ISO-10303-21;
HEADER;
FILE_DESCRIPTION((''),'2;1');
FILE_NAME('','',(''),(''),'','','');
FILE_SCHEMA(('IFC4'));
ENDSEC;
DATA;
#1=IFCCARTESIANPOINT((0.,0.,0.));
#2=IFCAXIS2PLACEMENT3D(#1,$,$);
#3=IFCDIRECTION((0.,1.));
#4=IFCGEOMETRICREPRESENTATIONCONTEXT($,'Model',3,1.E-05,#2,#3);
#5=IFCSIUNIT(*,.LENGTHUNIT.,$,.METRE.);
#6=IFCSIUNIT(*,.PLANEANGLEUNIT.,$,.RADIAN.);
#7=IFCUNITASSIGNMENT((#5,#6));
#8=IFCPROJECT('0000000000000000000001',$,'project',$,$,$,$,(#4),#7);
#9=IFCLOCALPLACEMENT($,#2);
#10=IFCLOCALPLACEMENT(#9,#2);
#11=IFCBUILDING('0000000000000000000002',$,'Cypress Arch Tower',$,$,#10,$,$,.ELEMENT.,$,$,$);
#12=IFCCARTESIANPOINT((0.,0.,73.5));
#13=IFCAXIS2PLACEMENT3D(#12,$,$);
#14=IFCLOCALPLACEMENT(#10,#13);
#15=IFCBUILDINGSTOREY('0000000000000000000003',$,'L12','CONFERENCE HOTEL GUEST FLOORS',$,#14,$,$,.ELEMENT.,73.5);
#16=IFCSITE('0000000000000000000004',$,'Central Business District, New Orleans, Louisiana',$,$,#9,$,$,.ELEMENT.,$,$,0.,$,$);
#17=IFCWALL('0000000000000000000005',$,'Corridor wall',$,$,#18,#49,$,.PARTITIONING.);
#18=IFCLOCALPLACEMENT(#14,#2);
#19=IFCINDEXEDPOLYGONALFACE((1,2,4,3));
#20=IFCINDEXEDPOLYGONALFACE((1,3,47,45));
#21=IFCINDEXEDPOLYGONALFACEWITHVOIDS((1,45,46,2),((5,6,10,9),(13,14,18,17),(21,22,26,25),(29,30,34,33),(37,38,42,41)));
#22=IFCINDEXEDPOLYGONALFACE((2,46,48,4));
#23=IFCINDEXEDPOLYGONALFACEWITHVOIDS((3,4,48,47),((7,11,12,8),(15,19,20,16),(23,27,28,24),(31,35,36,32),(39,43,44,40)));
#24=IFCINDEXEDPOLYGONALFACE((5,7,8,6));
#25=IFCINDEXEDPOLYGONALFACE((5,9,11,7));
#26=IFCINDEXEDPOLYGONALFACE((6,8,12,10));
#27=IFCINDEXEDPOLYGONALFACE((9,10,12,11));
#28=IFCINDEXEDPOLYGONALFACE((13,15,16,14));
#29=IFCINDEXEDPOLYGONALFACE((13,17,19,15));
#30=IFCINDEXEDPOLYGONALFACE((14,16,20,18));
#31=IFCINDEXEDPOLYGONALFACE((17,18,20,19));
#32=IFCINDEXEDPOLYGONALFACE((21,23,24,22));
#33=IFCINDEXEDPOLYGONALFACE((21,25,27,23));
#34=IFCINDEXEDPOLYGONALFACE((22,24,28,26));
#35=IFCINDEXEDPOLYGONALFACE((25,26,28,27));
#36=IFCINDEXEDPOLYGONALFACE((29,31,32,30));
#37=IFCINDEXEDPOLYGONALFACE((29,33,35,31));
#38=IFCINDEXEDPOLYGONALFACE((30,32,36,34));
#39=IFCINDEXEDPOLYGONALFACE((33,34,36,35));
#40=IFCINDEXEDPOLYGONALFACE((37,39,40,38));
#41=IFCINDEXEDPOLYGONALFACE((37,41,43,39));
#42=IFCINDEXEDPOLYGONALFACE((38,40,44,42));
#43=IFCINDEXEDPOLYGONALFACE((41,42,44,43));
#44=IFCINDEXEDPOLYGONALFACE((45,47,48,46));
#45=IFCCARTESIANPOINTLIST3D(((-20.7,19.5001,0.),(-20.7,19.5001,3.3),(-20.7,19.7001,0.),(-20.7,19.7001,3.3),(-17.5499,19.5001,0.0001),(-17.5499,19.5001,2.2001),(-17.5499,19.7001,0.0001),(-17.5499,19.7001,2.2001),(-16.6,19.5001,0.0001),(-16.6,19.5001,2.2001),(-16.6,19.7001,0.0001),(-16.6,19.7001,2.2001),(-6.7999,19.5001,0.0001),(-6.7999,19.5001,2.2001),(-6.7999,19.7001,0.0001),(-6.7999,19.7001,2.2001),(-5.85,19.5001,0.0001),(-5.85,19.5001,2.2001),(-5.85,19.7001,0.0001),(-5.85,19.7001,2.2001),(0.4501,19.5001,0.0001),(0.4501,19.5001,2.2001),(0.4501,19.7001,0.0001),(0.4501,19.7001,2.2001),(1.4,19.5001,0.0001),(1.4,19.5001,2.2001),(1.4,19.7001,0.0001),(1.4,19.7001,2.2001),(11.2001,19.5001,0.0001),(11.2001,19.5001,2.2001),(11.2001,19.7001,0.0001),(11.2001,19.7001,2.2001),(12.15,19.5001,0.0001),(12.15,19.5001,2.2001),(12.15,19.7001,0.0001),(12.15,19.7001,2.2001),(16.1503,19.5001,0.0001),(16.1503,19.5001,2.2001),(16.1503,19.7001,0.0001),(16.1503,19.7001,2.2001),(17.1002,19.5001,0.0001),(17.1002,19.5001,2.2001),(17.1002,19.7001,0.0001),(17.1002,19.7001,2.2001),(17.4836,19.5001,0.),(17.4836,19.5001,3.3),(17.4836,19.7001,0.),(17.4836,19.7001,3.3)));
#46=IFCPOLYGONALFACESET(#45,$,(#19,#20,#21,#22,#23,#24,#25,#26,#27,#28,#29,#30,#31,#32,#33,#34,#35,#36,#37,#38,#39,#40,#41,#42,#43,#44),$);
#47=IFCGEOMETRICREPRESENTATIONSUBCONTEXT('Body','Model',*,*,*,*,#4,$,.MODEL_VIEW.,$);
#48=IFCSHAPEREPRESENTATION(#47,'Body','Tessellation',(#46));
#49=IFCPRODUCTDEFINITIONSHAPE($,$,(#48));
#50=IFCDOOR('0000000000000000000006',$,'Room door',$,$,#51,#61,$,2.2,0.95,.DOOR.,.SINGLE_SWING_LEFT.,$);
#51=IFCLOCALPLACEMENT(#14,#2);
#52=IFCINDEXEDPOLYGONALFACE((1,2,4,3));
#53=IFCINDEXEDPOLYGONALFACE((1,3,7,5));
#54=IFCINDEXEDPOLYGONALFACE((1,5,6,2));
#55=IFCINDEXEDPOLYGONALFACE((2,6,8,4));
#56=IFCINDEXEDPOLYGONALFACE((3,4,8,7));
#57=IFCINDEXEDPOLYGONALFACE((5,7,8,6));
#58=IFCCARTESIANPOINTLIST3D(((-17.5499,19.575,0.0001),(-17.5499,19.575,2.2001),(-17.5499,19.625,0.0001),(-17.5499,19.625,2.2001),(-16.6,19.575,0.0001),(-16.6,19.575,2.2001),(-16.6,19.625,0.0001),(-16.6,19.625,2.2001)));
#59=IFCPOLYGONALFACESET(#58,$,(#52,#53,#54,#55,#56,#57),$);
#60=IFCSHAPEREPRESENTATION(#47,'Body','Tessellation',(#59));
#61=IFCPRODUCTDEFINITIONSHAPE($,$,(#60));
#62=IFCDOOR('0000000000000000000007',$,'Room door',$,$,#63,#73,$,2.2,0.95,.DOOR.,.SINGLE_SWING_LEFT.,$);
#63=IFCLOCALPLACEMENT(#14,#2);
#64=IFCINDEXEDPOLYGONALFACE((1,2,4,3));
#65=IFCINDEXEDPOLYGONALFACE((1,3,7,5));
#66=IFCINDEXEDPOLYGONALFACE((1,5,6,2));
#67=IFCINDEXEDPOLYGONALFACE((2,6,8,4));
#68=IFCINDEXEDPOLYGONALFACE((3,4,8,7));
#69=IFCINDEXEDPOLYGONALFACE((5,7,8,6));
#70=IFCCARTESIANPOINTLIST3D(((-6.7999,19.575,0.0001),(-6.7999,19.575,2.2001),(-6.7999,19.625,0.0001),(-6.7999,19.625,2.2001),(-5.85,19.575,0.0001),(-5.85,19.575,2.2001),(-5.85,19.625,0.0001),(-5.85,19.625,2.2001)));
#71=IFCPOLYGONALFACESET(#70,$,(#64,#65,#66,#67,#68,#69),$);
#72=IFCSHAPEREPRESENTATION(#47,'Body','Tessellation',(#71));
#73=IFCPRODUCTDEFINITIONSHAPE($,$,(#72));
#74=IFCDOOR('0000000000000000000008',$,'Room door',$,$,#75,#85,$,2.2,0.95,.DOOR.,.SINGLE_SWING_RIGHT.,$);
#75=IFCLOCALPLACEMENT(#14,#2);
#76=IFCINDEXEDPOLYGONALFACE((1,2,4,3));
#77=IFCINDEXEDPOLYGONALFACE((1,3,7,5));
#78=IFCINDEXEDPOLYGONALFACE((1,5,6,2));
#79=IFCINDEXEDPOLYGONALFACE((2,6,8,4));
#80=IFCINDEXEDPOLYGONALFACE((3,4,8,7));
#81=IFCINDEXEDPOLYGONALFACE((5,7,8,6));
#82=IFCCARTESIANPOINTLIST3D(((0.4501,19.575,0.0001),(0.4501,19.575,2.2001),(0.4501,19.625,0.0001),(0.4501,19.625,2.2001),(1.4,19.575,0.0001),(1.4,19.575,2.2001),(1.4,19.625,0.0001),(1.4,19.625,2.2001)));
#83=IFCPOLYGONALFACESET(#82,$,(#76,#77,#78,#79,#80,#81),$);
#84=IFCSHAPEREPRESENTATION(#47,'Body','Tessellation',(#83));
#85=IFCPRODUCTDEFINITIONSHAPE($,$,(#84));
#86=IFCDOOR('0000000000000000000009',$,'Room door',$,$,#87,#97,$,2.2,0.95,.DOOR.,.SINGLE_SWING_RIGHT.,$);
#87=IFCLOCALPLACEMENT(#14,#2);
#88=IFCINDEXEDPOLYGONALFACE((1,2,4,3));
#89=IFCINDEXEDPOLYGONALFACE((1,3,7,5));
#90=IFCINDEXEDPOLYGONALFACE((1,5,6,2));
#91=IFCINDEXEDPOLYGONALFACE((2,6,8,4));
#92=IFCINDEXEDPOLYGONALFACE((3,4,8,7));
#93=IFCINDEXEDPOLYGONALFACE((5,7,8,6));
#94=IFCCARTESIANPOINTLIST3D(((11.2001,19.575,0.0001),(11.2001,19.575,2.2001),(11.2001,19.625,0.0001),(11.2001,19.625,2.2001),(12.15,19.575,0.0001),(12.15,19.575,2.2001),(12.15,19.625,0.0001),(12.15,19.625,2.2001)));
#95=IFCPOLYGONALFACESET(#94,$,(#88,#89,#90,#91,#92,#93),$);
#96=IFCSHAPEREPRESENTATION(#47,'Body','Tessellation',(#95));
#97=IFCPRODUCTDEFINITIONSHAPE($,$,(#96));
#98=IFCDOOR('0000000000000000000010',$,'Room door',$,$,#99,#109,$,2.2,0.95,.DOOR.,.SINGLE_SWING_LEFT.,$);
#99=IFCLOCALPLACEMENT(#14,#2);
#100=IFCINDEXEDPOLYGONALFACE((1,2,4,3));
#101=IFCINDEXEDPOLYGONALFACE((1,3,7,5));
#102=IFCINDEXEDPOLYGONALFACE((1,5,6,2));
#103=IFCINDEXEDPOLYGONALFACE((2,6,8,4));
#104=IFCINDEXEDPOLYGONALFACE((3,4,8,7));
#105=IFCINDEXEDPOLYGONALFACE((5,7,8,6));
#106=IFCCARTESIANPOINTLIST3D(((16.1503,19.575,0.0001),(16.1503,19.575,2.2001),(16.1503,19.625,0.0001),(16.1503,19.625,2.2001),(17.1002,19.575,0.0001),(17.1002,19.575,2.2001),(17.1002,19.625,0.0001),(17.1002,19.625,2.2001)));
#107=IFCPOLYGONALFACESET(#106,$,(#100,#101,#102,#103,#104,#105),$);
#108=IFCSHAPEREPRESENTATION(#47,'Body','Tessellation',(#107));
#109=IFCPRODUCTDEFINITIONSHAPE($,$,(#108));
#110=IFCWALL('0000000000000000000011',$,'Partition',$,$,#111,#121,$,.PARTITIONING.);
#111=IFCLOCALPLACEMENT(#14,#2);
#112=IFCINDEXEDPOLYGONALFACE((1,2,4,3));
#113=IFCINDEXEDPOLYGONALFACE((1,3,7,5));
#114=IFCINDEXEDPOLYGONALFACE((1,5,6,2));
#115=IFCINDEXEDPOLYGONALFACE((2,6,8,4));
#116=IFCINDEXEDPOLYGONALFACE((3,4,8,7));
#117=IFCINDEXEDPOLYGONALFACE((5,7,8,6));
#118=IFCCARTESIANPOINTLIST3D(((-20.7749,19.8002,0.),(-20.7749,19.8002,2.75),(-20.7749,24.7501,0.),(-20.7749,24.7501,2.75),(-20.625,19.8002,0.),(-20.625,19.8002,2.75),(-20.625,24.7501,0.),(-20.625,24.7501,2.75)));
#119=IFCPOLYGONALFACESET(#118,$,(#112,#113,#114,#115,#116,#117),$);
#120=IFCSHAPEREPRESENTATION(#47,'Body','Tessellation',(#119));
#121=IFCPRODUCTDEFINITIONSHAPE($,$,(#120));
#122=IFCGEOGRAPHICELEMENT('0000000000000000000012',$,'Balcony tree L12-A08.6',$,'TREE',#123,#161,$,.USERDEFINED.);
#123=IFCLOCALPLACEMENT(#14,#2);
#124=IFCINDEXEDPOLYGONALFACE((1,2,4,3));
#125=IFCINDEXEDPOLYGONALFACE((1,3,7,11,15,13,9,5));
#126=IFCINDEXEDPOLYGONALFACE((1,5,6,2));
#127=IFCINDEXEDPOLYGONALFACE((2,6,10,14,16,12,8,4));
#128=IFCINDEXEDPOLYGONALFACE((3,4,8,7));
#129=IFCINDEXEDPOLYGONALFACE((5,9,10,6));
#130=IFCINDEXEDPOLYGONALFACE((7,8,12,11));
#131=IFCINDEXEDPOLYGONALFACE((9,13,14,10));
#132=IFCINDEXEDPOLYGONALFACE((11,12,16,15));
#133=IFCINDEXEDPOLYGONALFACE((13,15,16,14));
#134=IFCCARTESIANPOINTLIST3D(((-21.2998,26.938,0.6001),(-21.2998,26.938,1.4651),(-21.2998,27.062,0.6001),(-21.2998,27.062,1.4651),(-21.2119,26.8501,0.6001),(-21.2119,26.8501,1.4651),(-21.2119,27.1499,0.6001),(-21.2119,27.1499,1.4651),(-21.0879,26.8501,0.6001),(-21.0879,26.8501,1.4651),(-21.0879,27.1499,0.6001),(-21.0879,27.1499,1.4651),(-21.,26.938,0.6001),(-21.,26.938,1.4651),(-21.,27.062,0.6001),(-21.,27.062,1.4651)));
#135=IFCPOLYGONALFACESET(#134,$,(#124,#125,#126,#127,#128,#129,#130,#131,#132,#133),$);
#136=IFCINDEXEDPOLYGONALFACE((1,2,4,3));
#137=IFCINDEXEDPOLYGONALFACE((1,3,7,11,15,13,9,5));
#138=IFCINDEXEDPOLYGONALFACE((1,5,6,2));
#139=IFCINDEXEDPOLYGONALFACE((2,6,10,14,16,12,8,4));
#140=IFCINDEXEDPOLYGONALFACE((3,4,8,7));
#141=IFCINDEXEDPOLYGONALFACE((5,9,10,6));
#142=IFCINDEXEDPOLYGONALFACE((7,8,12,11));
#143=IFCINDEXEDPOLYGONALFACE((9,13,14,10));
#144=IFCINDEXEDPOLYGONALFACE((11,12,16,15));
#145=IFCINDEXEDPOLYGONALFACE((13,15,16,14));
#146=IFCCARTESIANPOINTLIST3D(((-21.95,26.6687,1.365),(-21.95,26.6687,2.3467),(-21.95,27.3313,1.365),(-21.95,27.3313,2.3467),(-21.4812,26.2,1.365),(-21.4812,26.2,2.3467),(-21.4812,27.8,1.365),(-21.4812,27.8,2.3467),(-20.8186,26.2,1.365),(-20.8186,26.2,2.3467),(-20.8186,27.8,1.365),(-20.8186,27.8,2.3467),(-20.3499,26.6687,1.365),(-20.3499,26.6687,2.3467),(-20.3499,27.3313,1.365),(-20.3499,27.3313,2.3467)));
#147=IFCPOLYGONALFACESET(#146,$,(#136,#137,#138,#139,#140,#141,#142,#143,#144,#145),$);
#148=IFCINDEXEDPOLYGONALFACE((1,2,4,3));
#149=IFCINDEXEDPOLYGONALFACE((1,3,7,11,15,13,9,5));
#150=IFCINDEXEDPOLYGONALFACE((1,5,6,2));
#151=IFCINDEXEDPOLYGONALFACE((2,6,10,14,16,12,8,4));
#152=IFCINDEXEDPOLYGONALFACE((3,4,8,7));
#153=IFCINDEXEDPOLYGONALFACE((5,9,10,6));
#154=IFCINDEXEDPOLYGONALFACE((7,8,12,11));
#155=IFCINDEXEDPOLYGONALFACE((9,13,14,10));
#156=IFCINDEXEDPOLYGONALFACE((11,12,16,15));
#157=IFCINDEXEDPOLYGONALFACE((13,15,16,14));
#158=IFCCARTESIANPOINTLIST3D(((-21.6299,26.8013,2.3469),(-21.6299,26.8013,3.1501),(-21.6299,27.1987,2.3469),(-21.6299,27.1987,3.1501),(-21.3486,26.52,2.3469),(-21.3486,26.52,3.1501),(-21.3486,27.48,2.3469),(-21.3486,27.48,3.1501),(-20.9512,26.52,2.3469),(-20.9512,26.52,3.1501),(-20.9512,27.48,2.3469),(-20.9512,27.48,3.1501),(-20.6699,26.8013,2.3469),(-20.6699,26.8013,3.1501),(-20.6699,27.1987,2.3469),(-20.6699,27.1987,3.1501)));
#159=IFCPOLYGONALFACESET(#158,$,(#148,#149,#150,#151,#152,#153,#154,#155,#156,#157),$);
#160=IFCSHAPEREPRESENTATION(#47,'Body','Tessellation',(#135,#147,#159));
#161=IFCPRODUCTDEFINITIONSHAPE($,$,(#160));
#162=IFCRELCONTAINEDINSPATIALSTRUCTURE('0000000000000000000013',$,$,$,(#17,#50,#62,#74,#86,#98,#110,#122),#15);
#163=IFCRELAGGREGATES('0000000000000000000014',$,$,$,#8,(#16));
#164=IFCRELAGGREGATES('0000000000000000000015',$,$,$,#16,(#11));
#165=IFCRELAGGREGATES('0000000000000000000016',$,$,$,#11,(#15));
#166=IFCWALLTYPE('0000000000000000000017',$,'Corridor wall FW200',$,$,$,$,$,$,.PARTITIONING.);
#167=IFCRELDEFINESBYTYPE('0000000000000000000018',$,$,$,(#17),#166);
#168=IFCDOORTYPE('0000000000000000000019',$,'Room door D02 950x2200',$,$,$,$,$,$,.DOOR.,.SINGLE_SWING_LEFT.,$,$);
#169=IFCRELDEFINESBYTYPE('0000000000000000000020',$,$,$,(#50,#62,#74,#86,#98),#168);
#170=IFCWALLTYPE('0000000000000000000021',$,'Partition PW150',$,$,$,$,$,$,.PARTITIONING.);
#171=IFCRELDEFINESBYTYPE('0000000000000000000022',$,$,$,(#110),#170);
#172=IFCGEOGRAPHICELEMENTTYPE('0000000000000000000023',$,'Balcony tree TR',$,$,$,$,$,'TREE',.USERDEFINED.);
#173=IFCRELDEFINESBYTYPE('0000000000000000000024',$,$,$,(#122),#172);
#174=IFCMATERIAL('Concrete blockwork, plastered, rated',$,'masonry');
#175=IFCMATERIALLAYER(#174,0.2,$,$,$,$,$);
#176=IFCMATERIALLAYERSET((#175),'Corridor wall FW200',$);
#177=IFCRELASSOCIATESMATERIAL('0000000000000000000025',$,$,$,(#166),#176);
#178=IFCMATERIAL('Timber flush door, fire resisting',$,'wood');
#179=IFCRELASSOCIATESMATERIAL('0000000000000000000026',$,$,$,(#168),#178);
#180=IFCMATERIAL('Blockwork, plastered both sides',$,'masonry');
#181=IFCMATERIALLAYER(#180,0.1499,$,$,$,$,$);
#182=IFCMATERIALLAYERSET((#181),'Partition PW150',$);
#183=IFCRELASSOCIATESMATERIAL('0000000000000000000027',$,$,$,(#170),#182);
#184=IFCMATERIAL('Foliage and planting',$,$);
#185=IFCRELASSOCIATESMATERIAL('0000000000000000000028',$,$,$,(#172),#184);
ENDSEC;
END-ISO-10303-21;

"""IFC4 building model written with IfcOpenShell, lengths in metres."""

from ifc_helpers import new_model, si_unit, direction, frame, frame_2d, origin, place, context, subcontext, project, spatial, polyline, rectangle, outline, extrude, material, layer, layer_set, type_object, element, fill, save


model = new_model("IFC4")

# Units and contexts
model_context = context("Model", 3, precision=1e-05, world=origin(), true_north=direction((0.0, 1.0)))
body_context = subcontext(model_context, "Body", "Model", "MODEL_VIEW")
ifc_project = project(units=[si_unit("LENGTHUNIT", "METRE"), si_unit("PLANEANGLEUNIT", "RADIAN")], contexts=[model_context])

# Site, building, storey
site_placement = place(None, origin())
site = spatial("IfcSite", under=ifc_project, at=site_placement, Name="Central Business District, New Orleans, Louisiana", CompositionType="ELEMENT", RefElevation=0.0)
building_placement = place(site_placement, origin())
building = spatial("IfcBuilding", under=site, at=building_placement, Name="Cypress Arch Tower", CompositionType="ELEMENT")
storey_placement = place(building_placement, frame((0.0, 0.0, 73.5)))
storey = spatial("IfcBuildingStorey", under=building, at=storey_placement, Name="L12", Description="CONFERENCE HOTEL GUEST FLOORS", CompositionType="ELEMENT", Elevation=73.5)

# Shared definitions
ifc_material_1 = material(Name="Concrete blockwork, plastered, rated", Category="masonry")
ifc_layer_1 = layer(ifc_material_1, 0.2)
ifc_layer_set_1 = layer_set([ifc_layer_1], Name="Corridor wall FW200")
wall_type_1 = type_object("IfcWallType", Name="Corridor wall FW200", PredefinedType="PARTITIONING", material=ifc_layer_set_1)

# Wall, openings, doors
wall_1_placement = place(storey_placement, frame((-20.7, 19.6001, 0.0), z_axis=(0.0, 0.0, 1.0), x_axis=(1.0, 0.0, 0.0)))
wall_1 = element("IfcWall", 1, at=wall_1_placement, inside=storey, type_object=wall_type_1, Name="Corridor wall", PredefinedType="PARTITIONING", context=body_context, shape_type="SweptSolid", body=[
    extrude(rectangle(XDim=38.1836, YDim=0.2, at=frame_2d((19.0918, 0.0))), origin(), (0.0, 0.0, 1.0), 3.3),
])
opening_1_placement = place(wall_1_placement, frame((3.1499, 0.0, 0.0)))
opening_1 = element("IfcOpeningElement", 2, at=opening_1_placement, cuts=wall_1, PredefinedType="OPENING", context=body_context, shape_type="SweptSolid", body=[
    extrude(rectangle(XDim=0.95, YDim=2.2, at=frame_2d((0.4751, 1.1001))), frame((0.0, 0.1099, 0.0), z_axis=(0.0, -1.0, 0.0), x_axis=(1.0, 0.0, 0.0)), (0.0, 0.0, 1.0), 0.22),
])
opening_2_placement = place(wall_1_placement, frame((13.8999, 0.0, 0.0)))
opening_2 = element("IfcOpeningElement", 3, at=opening_2_placement, cuts=wall_1, PredefinedType="OPENING", context=body_context, shape_type="SweptSolid", body=[
    extrude(rectangle(XDim=0.95, YDim=2.2, at=frame_2d((0.4751, 1.1001))), frame((0.0, 0.1099, 0.0), z_axis=(0.0, -1.0, 0.0), x_axis=(1.0, 0.0, 0.0)), (0.0, 0.0, 1.0), 0.22),
])
opening_3_placement = place(wall_1_placement, frame((21.1499, 0.0, 0.0)))
opening_3 = element("IfcOpeningElement", 4, at=opening_3_placement, cuts=wall_1, PredefinedType="OPENING", context=body_context, shape_type="SweptSolid", body=[
    extrude(rectangle(XDim=0.95, YDim=2.2, at=frame_2d((0.4751, 1.1001))), frame((0.0, 0.1099, 0.0), z_axis=(0.0, -1.0, 0.0), x_axis=(1.0, 0.0, 0.0)), (0.0, 0.0, 1.0), 0.22),
])
opening_4_placement = place(wall_1_placement, frame((31.8999, 0.0, 0.0)))
opening_4 = element("IfcOpeningElement", 5, at=opening_4_placement, cuts=wall_1, PredefinedType="OPENING", context=body_context, shape_type="SweptSolid", body=[
    extrude(rectangle(XDim=0.95, YDim=2.2, at=frame_2d((0.4751, 1.1001))), frame((0.0, 0.1099, 0.0), z_axis=(0.0, -1.0, 0.0), x_axis=(1.0, 0.0, 0.0)), (0.0, 0.0, 1.0), 0.22),
])
opening_5_placement = place(wall_1_placement, frame((36.8501, 0.0, 0.0)))
opening_5 = element("IfcOpeningElement", 6, at=opening_5_placement, cuts=wall_1, PredefinedType="OPENING", context=body_context, shape_type="SweptSolid", body=[
    extrude(rectangle(XDim=0.95, YDim=2.2, at=frame_2d((0.4751, 1.1001))), frame((0.0, 0.1099, 0.0), z_axis=(0.0, -1.0, 0.0), x_axis=(1.0, 0.0, 0.0)), (0.0, 0.0, 1.0), 0.22),
])
ifc_material_2 = material(Name="Timber flush door, fire resisting", Category="wood")
door_type_1 = type_object("IfcDoorType", Name="Room door D02 950x2200", OperationType="SINGLE_SWING_LEFT", PredefinedType="DOOR", material=ifc_material_2)
door_1_placement = place(opening_1_placement, origin())
door_1 = element("IfcDoor", 7, at=door_1_placement, inside=storey, type_object=door_type_1, Name="Room door", OperationType="SINGLE_SWING_LEFT", OverallHeight=2.2, OverallWidth=0.95, PredefinedType="DOOR", context=body_context, shape_type="SweptSolid", body=[
    extrude(rectangle(XDim=0.95, YDim=2.2, at=frame_2d((0.4751, 1.1001))), frame((0.0, 0.0249, 0.0), z_axis=(0.0, -1.0, 0.0), x_axis=(1.0, 0.0, 0.0)), (0.0, 0.0, 1.0), 0.05),
])
fill(opening_1, door_1)
door_2_placement = place(opening_2_placement, origin())
door_2 = element("IfcDoor", 8, at=door_2_placement, inside=storey, type_object=door_type_1, Name="Room door", OperationType="SINGLE_SWING_LEFT", OverallHeight=2.2, OverallWidth=0.95, PredefinedType="DOOR", context=body_context, shape_type="SweptSolid", body=[
    extrude(rectangle(XDim=0.95, YDim=2.2, at=frame_2d((0.4751, 1.1001))), frame((0.0, 0.0249, 0.0), z_axis=(0.0, -1.0, 0.0), x_axis=(1.0, 0.0, 0.0)), (0.0, 0.0, 1.0), 0.05),
])
fill(opening_2, door_2)
door_3_placement = place(opening_3_placement, origin())
door_3 = element("IfcDoor", 9, at=door_3_placement, inside=storey, type_object=door_type_1, Name="Room door", OperationType="SINGLE_SWING_RIGHT", OverallHeight=2.2, OverallWidth=0.95, PredefinedType="DOOR", context=body_context, shape_type="SweptSolid", body=[
    extrude(rectangle(XDim=0.95, YDim=2.2, at=frame_2d((0.4751, 1.1001))), frame((0.0, 0.0249, 0.0), z_axis=(0.0, -1.0, 0.0), x_axis=(1.0, 0.0, 0.0)), (0.0, 0.0, 1.0), 0.05),
])
fill(opening_3, door_3)
door_4_placement = place(opening_4_placement, origin())
door_4 = element("IfcDoor", 10, at=door_4_placement, inside=storey, type_object=door_type_1, Name="Room door", OperationType="SINGLE_SWING_RIGHT", OverallHeight=2.2, OverallWidth=0.95, PredefinedType="DOOR", context=body_context, shape_type="SweptSolid", body=[
    extrude(rectangle(XDim=0.95, YDim=2.2, at=frame_2d((0.4751, 1.1001))), frame((0.0, 0.0249, 0.0), z_axis=(0.0, -1.0, 0.0), x_axis=(1.0, 0.0, 0.0)), (0.0, 0.0, 1.0), 0.05),
])
fill(opening_4, door_4)
door_5_placement = place(opening_5_placement, origin())
door_5 = element("IfcDoor", 11, at=door_5_placement, inside=storey, type_object=door_type_1, Name="Room door", OperationType="SINGLE_SWING_LEFT", OverallHeight=2.2, OverallWidth=0.95, PredefinedType="DOOR", context=body_context, shape_type="SweptSolid", body=[
    extrude(rectangle(XDim=0.95, YDim=2.2, at=frame_2d((0.4751, 1.1001))), frame((0.0, 0.0249, 0.0), z_axis=(0.0, -1.0, 0.0), x_axis=(1.0, 0.0, 0.0)), (0.0, 0.0, 1.0), 0.05),
])
fill(opening_5, door_5)

# Wall
ifc_material_3 = material(Name="Blockwork, plastered both sides", Category="masonry")
ifc_layer_2 = layer(ifc_material_3, 0.1499)
ifc_layer_set_2 = layer_set([ifc_layer_2], Name="Partition PW150")
wall_type_2 = type_object("IfcWallType", Name="Partition PW150", PredefinedType="PARTITIONING", material=ifc_layer_set_2)
wall_2_placement = place(storey_placement, frame((-20.7, 19.8, 0.0), z_axis=(0.0, 0.0, 1.0), x_axis=(0.0, 1.0, 0.0)))
element("IfcWall", 12, at=wall_2_placement, inside=storey, type_object=wall_type_2, Name="Partition", PredefinedType="PARTITIONING", context=body_context, shape_type="SweptSolid", body=[
    extrude(rectangle(XDim=4.95, YDim=0.1499, at=frame_2d((2.4751, 0.0))), origin(), (0.0, 0.0, 1.0), 2.75),
])

# Geographic element
ifc_material_4 = material(Name="Foliage and planting")
geographic_element_type = type_object("IfcGeographicElementType", Name="Balcony tree TR", ElementType="TREE", PredefinedType="USERDEFINED", material=ifc_material_4)
geographic_element_placement = place(storey_placement, frame((-21.1499, 27.0, 0.6001), z_axis=(0.0, 0.0, 1.0), x_axis=(1.0, 0.0, 0.0)))
element("IfcGeographicElement", 13, at=geographic_element_placement, inside=storey, type_object=geographic_element_type, Name="Balcony tree L12-A08.6", ObjectType="TREE", PredefinedType="USERDEFINED", context=body_context, shape_type="SweptSolid", body=[
    extrude(outline(polyline([(0.1499, 0.062), (0.062, 0.1499), (-0.062, 0.1499), (-0.1499, 0.062), (-0.1499, -0.062), (-0.062, -0.1499), (0.062, -0.1499), (0.1499, -0.062), (0.1499, 0.062)])), origin(), (0.0, 0.0, 1.0), 0.865),
    extrude(outline(polyline([(0.8, 0.3313), (0.3313, 0.8), (-0.3313, 0.8), (-0.8, 0.3313), (-0.8, -0.3313), (-0.3313, -0.8), (0.3313, -0.8), (0.8, -0.3313), (0.8, 0.3313)])), frame((0.0, 0.0, 0.7649)), (0.0, 0.0, 1.0), 0.9817),
    extrude(outline(polyline([(0.48, 0.1987), (0.1987, 0.48), (-0.1987, 0.48), (-0.48, 0.1987), (-0.48, -0.1987), (-0.1987, -0.48), (0.1987, -0.48), (0.48, -0.1987), (0.48, 0.1987)])), frame((0.0, 0.0, 1.7468)), (0.0, 0.0, 1.0), 0.8032),
])

save(model, "model.ifc")
